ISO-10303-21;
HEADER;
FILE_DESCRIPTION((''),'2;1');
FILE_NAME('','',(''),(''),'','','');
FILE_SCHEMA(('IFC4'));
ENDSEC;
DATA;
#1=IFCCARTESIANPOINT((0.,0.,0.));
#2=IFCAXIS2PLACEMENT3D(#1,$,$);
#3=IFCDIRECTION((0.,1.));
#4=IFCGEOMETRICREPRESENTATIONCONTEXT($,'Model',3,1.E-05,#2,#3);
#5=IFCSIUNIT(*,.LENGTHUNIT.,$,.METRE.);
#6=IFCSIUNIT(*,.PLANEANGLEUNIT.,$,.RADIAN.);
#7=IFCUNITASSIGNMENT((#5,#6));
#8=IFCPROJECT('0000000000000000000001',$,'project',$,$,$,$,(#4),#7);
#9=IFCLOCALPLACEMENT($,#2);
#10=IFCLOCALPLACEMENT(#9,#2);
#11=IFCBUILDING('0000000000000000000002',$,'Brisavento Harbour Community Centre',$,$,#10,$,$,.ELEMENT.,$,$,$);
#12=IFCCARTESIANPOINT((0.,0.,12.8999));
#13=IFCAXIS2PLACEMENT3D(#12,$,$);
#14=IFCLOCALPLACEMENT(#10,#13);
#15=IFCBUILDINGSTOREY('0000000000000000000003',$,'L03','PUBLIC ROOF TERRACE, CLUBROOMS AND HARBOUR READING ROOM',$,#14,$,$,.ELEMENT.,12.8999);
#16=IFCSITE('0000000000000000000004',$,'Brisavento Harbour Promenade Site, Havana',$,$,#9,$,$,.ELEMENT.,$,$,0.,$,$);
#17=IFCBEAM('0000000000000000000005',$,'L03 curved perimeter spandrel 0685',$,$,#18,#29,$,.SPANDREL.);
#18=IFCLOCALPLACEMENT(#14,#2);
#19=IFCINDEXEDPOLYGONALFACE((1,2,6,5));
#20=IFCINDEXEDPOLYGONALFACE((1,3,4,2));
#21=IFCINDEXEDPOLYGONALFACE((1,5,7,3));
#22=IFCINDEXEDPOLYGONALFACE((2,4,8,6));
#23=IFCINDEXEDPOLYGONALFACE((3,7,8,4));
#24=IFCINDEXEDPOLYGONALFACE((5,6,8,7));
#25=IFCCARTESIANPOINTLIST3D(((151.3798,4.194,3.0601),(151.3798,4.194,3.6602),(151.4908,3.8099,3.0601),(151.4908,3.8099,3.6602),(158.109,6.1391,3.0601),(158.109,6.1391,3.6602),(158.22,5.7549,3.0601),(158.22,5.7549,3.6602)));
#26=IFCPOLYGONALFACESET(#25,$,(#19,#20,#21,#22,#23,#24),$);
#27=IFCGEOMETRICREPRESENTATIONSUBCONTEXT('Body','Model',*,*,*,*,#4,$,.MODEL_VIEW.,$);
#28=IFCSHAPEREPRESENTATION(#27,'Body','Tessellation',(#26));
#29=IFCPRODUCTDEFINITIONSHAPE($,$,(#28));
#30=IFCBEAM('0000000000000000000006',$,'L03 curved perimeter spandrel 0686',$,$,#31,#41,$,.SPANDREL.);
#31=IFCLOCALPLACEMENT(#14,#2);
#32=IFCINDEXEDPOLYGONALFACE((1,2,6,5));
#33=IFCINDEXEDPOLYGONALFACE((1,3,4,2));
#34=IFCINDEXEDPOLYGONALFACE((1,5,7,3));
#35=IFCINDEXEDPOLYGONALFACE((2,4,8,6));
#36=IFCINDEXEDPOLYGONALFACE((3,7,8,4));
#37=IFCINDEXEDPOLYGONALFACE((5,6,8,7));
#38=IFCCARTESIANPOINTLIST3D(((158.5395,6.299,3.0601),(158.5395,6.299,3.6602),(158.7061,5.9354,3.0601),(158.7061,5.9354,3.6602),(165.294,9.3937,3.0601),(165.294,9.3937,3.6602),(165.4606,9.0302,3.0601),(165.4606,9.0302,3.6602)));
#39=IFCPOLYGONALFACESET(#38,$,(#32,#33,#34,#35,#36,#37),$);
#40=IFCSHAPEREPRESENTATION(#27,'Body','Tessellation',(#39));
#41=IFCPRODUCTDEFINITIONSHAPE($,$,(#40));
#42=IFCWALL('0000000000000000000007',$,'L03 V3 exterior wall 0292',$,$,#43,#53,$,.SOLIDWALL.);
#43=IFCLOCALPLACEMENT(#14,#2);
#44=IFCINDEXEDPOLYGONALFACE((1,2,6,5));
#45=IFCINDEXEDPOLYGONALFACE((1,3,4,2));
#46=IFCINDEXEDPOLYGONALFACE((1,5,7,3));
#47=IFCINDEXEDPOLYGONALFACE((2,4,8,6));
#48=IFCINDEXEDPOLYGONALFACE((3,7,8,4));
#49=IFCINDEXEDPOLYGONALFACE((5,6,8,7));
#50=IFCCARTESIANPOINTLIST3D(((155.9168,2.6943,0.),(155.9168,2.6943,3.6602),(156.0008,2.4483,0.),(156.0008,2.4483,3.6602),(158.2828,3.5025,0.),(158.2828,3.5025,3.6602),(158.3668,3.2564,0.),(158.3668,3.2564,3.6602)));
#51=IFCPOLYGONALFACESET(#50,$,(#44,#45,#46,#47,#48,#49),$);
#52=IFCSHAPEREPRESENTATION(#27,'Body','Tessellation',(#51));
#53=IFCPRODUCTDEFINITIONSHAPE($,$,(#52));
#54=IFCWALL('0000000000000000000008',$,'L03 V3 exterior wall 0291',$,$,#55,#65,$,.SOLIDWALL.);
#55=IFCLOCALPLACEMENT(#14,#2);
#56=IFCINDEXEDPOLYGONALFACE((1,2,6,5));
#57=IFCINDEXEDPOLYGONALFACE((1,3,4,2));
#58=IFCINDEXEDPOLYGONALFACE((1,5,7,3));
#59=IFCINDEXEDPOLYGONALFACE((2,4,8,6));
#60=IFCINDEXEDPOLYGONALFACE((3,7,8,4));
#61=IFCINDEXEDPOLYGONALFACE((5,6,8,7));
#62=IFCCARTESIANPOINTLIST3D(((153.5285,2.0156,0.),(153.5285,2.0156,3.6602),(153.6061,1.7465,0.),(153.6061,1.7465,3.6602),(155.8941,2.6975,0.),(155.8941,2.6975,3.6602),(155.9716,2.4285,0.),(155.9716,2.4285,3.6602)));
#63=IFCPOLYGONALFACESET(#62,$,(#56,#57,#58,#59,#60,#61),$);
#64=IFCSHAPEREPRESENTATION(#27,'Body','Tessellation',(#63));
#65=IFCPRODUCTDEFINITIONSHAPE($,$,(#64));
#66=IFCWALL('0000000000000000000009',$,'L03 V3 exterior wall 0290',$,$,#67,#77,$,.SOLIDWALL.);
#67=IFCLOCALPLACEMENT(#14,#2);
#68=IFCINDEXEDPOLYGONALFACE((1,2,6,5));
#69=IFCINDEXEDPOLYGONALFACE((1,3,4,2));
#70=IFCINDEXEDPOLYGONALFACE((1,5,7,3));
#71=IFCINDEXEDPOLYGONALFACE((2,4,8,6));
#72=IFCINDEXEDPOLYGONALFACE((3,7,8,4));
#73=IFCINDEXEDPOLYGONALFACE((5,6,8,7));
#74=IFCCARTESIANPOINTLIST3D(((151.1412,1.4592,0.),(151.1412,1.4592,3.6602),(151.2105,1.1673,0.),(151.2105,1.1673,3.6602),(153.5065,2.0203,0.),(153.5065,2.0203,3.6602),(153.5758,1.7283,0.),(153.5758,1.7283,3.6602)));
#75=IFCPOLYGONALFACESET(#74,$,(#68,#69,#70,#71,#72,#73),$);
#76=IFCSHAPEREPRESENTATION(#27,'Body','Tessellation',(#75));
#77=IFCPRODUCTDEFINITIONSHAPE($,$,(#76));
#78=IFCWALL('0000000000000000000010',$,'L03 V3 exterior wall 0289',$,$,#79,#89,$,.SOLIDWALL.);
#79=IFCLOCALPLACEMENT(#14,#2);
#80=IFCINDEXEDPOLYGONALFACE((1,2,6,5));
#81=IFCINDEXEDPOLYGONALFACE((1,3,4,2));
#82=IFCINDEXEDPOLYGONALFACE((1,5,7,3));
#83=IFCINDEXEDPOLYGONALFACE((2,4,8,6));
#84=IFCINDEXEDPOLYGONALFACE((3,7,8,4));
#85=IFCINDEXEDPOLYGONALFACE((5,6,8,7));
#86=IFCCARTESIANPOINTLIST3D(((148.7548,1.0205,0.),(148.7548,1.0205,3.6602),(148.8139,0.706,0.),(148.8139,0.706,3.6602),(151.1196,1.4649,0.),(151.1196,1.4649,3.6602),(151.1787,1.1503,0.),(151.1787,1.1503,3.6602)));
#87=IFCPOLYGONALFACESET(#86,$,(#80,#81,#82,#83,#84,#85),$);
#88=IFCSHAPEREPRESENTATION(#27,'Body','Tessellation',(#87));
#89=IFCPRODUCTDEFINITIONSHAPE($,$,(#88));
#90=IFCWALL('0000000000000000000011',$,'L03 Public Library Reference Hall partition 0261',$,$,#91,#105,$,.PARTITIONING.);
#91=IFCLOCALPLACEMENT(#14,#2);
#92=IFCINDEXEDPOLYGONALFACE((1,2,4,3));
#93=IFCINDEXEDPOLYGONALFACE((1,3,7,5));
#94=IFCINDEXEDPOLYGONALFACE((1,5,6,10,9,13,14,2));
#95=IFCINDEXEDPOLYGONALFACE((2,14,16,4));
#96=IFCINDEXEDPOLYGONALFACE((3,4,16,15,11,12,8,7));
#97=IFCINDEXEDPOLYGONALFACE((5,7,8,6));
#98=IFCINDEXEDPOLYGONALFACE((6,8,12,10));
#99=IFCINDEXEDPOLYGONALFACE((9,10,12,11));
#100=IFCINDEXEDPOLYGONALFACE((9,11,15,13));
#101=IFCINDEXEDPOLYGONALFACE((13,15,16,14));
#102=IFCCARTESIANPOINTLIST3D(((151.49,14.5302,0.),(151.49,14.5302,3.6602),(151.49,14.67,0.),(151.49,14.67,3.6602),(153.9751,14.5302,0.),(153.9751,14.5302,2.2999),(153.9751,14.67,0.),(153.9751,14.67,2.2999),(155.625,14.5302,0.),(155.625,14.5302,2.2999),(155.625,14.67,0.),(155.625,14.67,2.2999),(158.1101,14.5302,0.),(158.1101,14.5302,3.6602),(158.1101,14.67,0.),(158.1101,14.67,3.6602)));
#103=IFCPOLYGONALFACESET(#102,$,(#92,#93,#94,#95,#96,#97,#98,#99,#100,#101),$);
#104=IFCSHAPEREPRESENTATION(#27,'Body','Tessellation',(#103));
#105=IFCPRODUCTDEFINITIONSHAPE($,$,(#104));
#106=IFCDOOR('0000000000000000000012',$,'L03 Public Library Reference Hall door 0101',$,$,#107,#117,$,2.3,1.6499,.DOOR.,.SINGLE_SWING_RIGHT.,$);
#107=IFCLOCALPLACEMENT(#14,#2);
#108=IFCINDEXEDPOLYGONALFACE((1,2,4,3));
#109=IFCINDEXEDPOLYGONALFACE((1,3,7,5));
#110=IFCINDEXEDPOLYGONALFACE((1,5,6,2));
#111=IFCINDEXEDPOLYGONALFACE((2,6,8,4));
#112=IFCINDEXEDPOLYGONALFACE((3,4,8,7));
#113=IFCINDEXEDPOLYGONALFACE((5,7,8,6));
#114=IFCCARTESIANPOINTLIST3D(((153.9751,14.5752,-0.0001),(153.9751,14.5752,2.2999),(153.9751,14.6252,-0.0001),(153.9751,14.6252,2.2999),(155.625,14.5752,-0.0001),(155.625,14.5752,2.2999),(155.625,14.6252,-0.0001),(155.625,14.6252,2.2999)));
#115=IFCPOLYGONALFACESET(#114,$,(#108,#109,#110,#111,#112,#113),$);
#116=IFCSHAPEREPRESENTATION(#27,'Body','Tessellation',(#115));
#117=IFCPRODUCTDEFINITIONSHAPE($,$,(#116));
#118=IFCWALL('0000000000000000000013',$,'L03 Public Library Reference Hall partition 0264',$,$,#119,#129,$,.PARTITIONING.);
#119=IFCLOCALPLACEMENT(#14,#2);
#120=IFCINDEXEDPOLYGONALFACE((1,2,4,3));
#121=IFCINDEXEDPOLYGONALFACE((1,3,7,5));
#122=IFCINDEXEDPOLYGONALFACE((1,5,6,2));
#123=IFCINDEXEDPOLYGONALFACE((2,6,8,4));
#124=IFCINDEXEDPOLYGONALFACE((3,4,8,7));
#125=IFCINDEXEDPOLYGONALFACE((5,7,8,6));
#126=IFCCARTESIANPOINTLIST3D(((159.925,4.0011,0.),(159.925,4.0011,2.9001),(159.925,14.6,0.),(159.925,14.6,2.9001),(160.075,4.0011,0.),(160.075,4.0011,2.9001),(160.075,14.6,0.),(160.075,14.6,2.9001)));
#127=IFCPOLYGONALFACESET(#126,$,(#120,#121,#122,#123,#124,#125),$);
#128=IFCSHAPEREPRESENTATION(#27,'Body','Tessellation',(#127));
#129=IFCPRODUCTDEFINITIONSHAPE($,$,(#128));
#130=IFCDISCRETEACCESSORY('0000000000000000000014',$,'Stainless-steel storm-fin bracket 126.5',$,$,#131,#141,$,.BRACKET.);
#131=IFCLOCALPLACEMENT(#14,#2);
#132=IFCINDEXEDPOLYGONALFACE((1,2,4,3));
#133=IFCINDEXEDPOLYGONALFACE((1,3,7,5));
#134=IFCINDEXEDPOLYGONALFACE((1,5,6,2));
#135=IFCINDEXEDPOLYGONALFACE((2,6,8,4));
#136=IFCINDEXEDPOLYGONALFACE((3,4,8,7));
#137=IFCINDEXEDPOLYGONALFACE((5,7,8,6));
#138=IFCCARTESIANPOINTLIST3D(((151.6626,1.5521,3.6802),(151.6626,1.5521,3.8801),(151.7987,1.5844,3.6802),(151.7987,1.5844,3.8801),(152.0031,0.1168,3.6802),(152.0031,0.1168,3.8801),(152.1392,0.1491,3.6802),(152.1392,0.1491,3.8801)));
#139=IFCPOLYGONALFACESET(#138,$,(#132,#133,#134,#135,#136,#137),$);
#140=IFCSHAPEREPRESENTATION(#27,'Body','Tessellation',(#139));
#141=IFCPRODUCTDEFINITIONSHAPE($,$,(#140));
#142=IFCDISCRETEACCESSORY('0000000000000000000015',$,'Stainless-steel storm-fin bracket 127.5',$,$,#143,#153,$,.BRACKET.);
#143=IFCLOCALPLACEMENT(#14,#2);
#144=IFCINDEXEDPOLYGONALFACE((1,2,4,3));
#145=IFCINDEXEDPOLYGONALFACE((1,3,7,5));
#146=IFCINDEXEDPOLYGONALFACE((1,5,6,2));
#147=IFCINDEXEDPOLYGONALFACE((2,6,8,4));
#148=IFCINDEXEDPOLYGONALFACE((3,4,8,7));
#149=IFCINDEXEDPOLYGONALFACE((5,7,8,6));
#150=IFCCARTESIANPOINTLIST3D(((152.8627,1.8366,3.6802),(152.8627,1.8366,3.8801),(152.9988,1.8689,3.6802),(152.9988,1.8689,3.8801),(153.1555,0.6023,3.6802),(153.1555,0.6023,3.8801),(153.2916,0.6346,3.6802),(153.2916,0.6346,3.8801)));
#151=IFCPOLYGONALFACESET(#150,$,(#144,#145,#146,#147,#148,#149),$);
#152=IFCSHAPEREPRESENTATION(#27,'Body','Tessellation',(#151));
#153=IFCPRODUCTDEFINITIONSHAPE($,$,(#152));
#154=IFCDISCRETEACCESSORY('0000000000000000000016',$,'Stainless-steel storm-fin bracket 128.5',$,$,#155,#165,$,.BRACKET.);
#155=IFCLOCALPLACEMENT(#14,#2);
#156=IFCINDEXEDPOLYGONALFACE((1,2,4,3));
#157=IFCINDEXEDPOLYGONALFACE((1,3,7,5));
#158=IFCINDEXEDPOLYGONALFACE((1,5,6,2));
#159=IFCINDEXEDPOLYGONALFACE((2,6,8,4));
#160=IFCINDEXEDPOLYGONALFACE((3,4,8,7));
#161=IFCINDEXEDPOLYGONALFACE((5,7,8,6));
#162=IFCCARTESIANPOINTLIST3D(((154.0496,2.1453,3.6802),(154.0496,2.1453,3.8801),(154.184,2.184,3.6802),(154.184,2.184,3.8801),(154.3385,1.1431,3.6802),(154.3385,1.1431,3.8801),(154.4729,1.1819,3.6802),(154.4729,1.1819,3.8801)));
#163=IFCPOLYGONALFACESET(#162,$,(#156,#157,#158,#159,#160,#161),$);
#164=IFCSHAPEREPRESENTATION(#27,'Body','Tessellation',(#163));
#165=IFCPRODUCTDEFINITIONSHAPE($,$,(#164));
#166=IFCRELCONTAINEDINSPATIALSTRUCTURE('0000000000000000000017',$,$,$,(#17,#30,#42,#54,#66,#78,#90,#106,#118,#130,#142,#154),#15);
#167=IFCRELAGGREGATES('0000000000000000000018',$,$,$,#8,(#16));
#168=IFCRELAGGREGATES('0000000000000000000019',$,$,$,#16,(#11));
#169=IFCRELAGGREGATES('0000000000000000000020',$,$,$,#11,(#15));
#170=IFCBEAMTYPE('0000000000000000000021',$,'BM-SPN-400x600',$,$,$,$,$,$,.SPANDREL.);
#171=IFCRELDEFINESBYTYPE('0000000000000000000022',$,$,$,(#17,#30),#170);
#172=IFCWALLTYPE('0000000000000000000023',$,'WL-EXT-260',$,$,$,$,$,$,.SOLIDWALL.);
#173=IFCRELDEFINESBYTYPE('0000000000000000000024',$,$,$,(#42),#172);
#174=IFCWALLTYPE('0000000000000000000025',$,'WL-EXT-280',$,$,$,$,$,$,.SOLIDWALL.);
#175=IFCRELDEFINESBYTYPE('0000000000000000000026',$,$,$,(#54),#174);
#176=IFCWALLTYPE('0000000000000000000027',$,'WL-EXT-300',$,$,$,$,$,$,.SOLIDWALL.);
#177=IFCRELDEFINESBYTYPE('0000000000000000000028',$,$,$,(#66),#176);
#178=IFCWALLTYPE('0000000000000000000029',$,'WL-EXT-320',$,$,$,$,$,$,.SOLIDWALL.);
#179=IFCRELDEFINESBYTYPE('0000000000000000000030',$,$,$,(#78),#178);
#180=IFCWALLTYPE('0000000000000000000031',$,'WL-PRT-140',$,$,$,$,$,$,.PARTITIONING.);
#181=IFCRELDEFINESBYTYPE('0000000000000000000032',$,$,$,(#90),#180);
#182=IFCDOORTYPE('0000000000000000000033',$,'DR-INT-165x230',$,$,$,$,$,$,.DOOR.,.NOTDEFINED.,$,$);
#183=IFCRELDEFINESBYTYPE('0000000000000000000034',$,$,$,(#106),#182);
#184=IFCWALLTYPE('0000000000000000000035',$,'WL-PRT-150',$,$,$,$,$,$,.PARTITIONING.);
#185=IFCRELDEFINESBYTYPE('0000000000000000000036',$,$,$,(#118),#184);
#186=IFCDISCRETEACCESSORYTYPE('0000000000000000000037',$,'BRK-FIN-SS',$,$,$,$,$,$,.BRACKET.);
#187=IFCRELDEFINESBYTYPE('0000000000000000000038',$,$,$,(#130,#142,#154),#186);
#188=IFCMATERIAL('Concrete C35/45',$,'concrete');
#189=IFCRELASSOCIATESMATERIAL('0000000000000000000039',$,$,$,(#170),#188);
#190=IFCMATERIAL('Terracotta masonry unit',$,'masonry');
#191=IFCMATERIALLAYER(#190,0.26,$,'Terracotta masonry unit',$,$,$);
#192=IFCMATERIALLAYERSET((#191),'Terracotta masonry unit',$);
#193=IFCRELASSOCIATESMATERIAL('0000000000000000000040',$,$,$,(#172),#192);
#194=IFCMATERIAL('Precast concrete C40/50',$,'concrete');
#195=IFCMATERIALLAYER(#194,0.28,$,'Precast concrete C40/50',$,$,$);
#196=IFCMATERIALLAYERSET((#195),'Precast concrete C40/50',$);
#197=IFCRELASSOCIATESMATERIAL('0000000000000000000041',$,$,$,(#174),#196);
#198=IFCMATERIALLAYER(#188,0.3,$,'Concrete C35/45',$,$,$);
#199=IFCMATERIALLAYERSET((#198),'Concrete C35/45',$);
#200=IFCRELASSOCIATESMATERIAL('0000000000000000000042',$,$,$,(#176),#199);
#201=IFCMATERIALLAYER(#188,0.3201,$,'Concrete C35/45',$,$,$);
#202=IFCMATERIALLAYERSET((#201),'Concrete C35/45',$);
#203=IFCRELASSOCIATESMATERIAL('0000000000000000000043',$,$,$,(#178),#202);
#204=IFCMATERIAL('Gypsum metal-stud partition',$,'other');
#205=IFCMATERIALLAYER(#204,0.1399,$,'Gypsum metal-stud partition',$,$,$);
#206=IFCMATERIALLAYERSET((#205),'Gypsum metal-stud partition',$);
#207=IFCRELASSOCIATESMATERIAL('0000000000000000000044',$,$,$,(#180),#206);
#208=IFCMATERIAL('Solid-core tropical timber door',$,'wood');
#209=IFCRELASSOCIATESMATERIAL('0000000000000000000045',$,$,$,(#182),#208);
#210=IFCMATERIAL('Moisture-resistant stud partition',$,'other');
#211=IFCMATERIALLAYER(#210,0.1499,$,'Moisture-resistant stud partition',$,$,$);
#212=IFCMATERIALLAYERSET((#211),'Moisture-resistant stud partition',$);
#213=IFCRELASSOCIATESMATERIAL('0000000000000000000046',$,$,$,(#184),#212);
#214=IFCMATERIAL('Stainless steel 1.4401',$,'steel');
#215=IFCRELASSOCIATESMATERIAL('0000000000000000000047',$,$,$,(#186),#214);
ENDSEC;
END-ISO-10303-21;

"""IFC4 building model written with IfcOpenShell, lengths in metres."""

from ifc_helpers import new_model, si_unit, direction, frame, frame_2d, origin, origin_2d, place, context, subcontext, project, spatial, rectangle, extrude, material, layer, layer_set, material_profile, profile_set, type_object, element, fill, save


model = new_model("IFC4")

# Units and contexts
model_context = context("Model", 3, precision=1e-05, world=origin(), true_north=direction((0.0, 1.0)))
body_context = subcontext(model_context, "Body", "Model", "MODEL_VIEW")
ifc_project = project(units=[si_unit("LENGTHUNIT", "METRE"), si_unit("PLANEANGLEUNIT", "RADIAN")], contexts=[model_context])

# Site, building, storey
site_placement = place(None, origin())
site = spatial("IfcSite", under=ifc_project, at=site_placement, Name="Brisavento Harbour Promenade Site, Havana", CompositionType="ELEMENT", RefElevation=0.0)
building_placement = place(site_placement, origin())
building = spatial("IfcBuilding", under=site, at=building_placement, Name="Brisavento Harbour Community Centre", CompositionType="ELEMENT")
storey_placement = place(building_placement, frame((0.0, 0.0, 12.8999)))
storey = spatial("IfcBuildingStorey", under=building, at=storey_placement, Name="L03", Description="PUBLIC ROOF TERRACE, CLUBROOMS AND HARBOUR READING ROOM", CompositionType="ELEMENT", Elevation=12.8999)

# Shared definitions
ifc_material_1 = material(Name="Concrete C35/45", Category="concrete")

# Beams
ifc_material_profile_1 = material_profile(ifc_material_1, rectangle(XDim=0.3999, YDim=0.6001, at=origin_2d()), Name="Concrete C35/45")
ifc_profile_set_1 = profile_set([ifc_material_profile_1], Name="Concrete C35/45")
beam_type_1 = type_object("IfcBeamType", Name="BM-SPN-400x600", PredefinedType="SPANDREL", material=ifc_profile_set_1)
beam_1_placement = place(storey_placement, frame((151.4353, 4.002, 3.3601), z_axis=(0.960674, 0.27768, 0.0), x_axis=(-0.27768, 0.960674, 0.0)))
element("IfcBeam", 1, at=beam_1_placement, inside=storey, type_object=beam_type_1, Name="L03 curved perimeter spandrel 0685", PredefinedType="SPANDREL", context=body_context, shape_type="SweptSolid", body=[
    extrude(rectangle(XDim=0.3999, YDim=0.6001, at=origin_2d()), origin(), (0.0, 0.0, 1.0), 7.0046),
])
beam_2_placement = place(storey_placement, frame((158.6228, 6.1172, 3.3601), z_axis=(0.909118, 0.416539, 0.0), x_axis=(-0.416539, 0.909118, 0.0)))
element("IfcBeam", 2, at=beam_2_placement, inside=storey, type_object=beam_type_1, Name="L03 curved perimeter spandrel 0686", PredefinedType="SPANDREL", context=body_context, shape_type="SweptSolid", body=[
    extrude(rectangle(XDim=0.3999, YDim=0.6001, at=origin_2d()), origin(), (0.0, 0.0, 1.0), 7.4297),
])

# Walls
ifc_material_2 = material(Name="Terracotta masonry unit", Category="masonry")
ifc_layer_1 = layer(ifc_material_2, 0.26, Name="Terracotta masonry unit")
ifc_layer_set_1 = layer_set([ifc_layer_1], Name="Terracotta masonry unit")
wall_type_1 = type_object("IfcWallType", Name="WL-EXT-260", PredefinedType="SOLIDWALL", material=ifc_layer_set_1)
wall_1_placement = place(storey_placement, frame((158.3247, 3.3794, 0.0), z_axis=(0.0, 0.0, 1.0), x_axis=(-0.946324, -0.323221, 0.0)))
element("IfcWall", 3, at=wall_1_placement, inside=storey, type_object=wall_type_1, Name="L03 V3 exterior wall 0292", PredefinedType="SOLIDWALL", context=body_context, shape_type="SweptSolid", body=[
    extrude(rectangle(XDim=2.5002, YDim=0.26, at=frame_2d((1.25, 0.0))), origin(), (0.0, 0.0, 1.0), 3.6602),
])
ifc_material_3 = material(Name="Precast concrete C40/50", Category="concrete")
ifc_layer_2 = layer(ifc_material_3, 0.28, Name="Precast concrete C40/50")
ifc_layer_set_2 = layer_set([ifc_layer_2], Name="Precast concrete C40/50")
wall_type_2 = type_object("IfcWallType", Name="WL-EXT-280", PredefinedType="SOLIDWALL", material=ifc_layer_set_2)
wall_2_placement = place(storey_placement, frame((155.9329, 2.563, 0.0), z_axis=(0.0, 0.0, 1.0), x_axis=(-0.960874, -0.276986, 0.0)))
element("IfcWall", 4, at=wall_2_placement, inside=storey, type_object=wall_type_2, Name="L03 V3 exterior wall 0291", PredefinedType="SOLIDWALL", context=body_context, shape_type="SweptSolid", body=[
    extrude(rectangle(XDim=2.4619, YDim=0.28, at=frame_2d((1.231, 0.0))), origin(), (0.0, 0.0, 1.0), 3.6602),
])
ifc_layer_3 = layer(ifc_material_1, 0.3, Name="Concrete C35/45")
ifc_layer_set_3 = layer_set([ifc_layer_3], Name="Concrete C35/45")
wall_type_3 = type_object("IfcWallType", Name="WL-EXT-300", PredefinedType="SOLIDWALL", material=ifc_layer_set_3)
wall_3_placement = place(storey_placement, frame((153.541, 1.8743, 0.0), z_axis=(0.0, 0.0, 1.0), x_axis=(-0.973002, -0.230797, 0.0)))
element("IfcWall", 5, at=wall_3_placement, inside=storey, type_object=wall_type_3, Name="L03 V3 exterior wall 0290", PredefinedType="SOLIDWALL", context=body_context, shape_type="SweptSolid", body=[
    extrude(rectangle(XDim=2.4309, YDim=0.3, at=frame_2d((1.2153, 0.0))), origin(), (0.0, 0.0, 1.0), 3.6602),
])
ifc_layer_4 = layer(ifc_material_1, 0.3201, Name="Concrete C35/45")
ifc_layer_set_4 = layer_set([ifc_layer_4], Name="Concrete C35/45")
wall_type_4 = type_object("IfcWallType", Name="WL-EXT-320", PredefinedType="SOLIDWALL", material=ifc_layer_set_4)
wall_4_placement = place(storey_placement, frame((151.1492, 1.3076, 0.0), z_axis=(0.0, 0.0, 1.0), x_axis=(-0.982801, -0.184668, 0.0)))
element("IfcWall", 6, at=wall_4_placement, inside=storey, type_object=wall_type_4, Name="L03 V3 exterior wall 0289", PredefinedType="SOLIDWALL", context=body_context, shape_type="SweptSolid", body=[
    extrude(rectangle(XDim=2.4062, YDim=0.3201, at=frame_2d((1.2031, 0.0))), origin(), (0.0, 0.0, 1.0), 3.6602),
])

# Wall, opening, door
ifc_material_4 = material(Name="Gypsum metal-stud partition", Category="other")
ifc_layer_5 = layer(ifc_material_4, 0.1399, Name="Gypsum metal-stud partition")
ifc_layer_set_5 = layer_set([ifc_layer_5], Name="Gypsum metal-stud partition")
wall_type_5 = type_object("IfcWallType", Name="WL-PRT-140", PredefinedType="PARTITIONING", material=ifc_layer_set_5)
wall_5_placement = place(storey_placement, frame((158.1101, 14.6001, 0.0), z_axis=(0.0, 0.0, 1.0), x_axis=(-1.0, 0.0, 0.0)))
wall_5 = element("IfcWall", 7, at=wall_5_placement, inside=storey, type_object=wall_type_5, Name="L03 Public Library Reference Hall partition 0261", PredefinedType="PARTITIONING", context=body_context, shape_type="SweptSolid", body=[
    extrude(rectangle(XDim=6.6201, YDim=0.1399, at=frame_2d((3.3101, 0.0))), origin(), (0.0, 0.0, 1.0), 3.6602),
])
opening_placement = place(wall_5_placement, frame((2.4851, 0.0, 0.0)))
opening = element("IfcOpeningElement", 8, at=opening_placement, cuts=wall_5, PredefinedType="OPENING", context=body_context, shape_type="SweptSolid", body=[
    extrude(rectangle(XDim=1.6499, YDim=2.3, at=frame_2d((0.825, 1.1499))), frame((0.0, 0.0801, 0.0), z_axis=(0.0, -1.0, 0.0), x_axis=(1.0, 0.0, 0.0)), (0.0, 0.0, 1.0), 0.1599),
])
ifc_material_5 = material(Name="Solid-core tropical timber door", Category="wood")
door_type = type_object("IfcDoorType", Name="DR-INT-165x230", OperationType="NOTDEFINED", PredefinedType="DOOR", material=ifc_material_5)
door_placement = place(opening_placement, origin())
door = element("IfcDoor", 9, at=door_placement, inside=storey, type_object=door_type, Name="L03 Public Library Reference Hall door 0101", OperationType="SINGLE_SWING_RIGHT", OverallHeight=2.3, OverallWidth=1.6499, PredefinedType="DOOR", context=body_context, shape_type="SweptSolid", body=[
    extrude(rectangle(XDim=1.6499, YDim=2.3, at=frame_2d((0.825, 1.1499))), frame((0.0, 0.0249, 0.0), z_axis=(0.0, -1.0, 0.0), x_axis=(1.0, 0.0, 0.0)), (0.0, 0.0, 1.0), 0.05),
])
fill(opening, door)

# Wall
ifc_material_6 = material(Name="Moisture-resistant stud partition", Category="other")
ifc_layer_6 = layer(ifc_material_6, 0.1499, Name="Moisture-resistant stud partition")
ifc_layer_set_6 = layer_set([ifc_layer_6], Name="Moisture-resistant stud partition")
wall_type_6 = type_object("IfcWallType", Name="WL-PRT-150", PredefinedType="PARTITIONING", material=ifc_layer_set_6)
wall_6_placement = place(storey_placement, frame((160.0, 4.0012, 0.0), z_axis=(0.0, 0.0, 1.0), x_axis=(0.0, 1.0, 0.0)))
element("IfcWall", 10, at=wall_6_placement, inside=storey, type_object=wall_type_6, Name="L03 Public Library Reference Hall partition 0264", PredefinedType="PARTITIONING", context=body_context, shape_type="SweptSolid", body=[
    extrude(rectangle(XDim=10.5989, YDim=0.1499, at=frame_2d((5.2993, 0.0))), origin(), (0.0, 0.0, 1.0), 2.9001),
])

# Discrete accessories
ifc_material_7 = material(Name="Stainless steel 1.4401", Category="steel")
discrete_accessory_type = type_object("IfcDiscreteAccessoryType", Name="BRK-FIN-SS", PredefinedType="BRACKET", material=ifc_material_7)
discrete_accessory_1_placement = place(storey_placement, frame((151.9009, 0.8506, 3.6802), z_axis=(0.0, 0.0, 1.0), x_axis=(0.230831, -0.972994, 0.0)))
element("IfcDiscreteAccessory", 11, at=discrete_accessory_1_placement, inside=storey, type_object=discrete_accessory_type, Name="Stainless-steel storm-fin bracket 126.5", PredefinedType="BRACKET", context=body_context, shape_type="SweptSolid", body=[
    extrude(rectangle(XDim=1.4751, YDim=0.1399, at=origin_2d()), origin(), (0.0, 0.0, 1.0), 0.2),
])
discrete_accessory_2_placement = place(storey_placement, frame((153.0771, 1.2356, 3.6802), z_axis=(0.0, 0.0, 1.0), x_axis=(0.230831, -0.972994, 0.0)))
element("IfcDiscreteAccessory", 12, at=discrete_accessory_2_placement, inside=storey, type_object=discrete_accessory_type, Name="Stainless-steel storm-fin bracket 127.5", PredefinedType="BRACKET", context=body_context, shape_type="SweptSolid", body=[
    extrude(rectangle(XDim=1.2686, YDim=0.1399, at=origin_2d()), origin(), (0.0, 0.0, 1.0), 0.2),
])
discrete_accessory_3_placement = place(storey_placement, frame((154.2612, 1.6636, 3.6802), z_axis=(0.0, 0.0, 1.0), x_axis=(0.276996, -0.960871, 0.0)))
element("IfcDiscreteAccessory", 13, at=discrete_accessory_3_placement, inside=storey, type_object=discrete_accessory_type, Name="Stainless-steel storm-fin bracket 128.5", PredefinedType="BRACKET", context=body_context, shape_type="SweptSolid", body=[
    extrude(rectangle(XDim=1.043, YDim=0.1399, at=origin_2d()), origin(), (0.0, 0.0, 1.0), 0.2),
])

save(model, "model.ifc")
